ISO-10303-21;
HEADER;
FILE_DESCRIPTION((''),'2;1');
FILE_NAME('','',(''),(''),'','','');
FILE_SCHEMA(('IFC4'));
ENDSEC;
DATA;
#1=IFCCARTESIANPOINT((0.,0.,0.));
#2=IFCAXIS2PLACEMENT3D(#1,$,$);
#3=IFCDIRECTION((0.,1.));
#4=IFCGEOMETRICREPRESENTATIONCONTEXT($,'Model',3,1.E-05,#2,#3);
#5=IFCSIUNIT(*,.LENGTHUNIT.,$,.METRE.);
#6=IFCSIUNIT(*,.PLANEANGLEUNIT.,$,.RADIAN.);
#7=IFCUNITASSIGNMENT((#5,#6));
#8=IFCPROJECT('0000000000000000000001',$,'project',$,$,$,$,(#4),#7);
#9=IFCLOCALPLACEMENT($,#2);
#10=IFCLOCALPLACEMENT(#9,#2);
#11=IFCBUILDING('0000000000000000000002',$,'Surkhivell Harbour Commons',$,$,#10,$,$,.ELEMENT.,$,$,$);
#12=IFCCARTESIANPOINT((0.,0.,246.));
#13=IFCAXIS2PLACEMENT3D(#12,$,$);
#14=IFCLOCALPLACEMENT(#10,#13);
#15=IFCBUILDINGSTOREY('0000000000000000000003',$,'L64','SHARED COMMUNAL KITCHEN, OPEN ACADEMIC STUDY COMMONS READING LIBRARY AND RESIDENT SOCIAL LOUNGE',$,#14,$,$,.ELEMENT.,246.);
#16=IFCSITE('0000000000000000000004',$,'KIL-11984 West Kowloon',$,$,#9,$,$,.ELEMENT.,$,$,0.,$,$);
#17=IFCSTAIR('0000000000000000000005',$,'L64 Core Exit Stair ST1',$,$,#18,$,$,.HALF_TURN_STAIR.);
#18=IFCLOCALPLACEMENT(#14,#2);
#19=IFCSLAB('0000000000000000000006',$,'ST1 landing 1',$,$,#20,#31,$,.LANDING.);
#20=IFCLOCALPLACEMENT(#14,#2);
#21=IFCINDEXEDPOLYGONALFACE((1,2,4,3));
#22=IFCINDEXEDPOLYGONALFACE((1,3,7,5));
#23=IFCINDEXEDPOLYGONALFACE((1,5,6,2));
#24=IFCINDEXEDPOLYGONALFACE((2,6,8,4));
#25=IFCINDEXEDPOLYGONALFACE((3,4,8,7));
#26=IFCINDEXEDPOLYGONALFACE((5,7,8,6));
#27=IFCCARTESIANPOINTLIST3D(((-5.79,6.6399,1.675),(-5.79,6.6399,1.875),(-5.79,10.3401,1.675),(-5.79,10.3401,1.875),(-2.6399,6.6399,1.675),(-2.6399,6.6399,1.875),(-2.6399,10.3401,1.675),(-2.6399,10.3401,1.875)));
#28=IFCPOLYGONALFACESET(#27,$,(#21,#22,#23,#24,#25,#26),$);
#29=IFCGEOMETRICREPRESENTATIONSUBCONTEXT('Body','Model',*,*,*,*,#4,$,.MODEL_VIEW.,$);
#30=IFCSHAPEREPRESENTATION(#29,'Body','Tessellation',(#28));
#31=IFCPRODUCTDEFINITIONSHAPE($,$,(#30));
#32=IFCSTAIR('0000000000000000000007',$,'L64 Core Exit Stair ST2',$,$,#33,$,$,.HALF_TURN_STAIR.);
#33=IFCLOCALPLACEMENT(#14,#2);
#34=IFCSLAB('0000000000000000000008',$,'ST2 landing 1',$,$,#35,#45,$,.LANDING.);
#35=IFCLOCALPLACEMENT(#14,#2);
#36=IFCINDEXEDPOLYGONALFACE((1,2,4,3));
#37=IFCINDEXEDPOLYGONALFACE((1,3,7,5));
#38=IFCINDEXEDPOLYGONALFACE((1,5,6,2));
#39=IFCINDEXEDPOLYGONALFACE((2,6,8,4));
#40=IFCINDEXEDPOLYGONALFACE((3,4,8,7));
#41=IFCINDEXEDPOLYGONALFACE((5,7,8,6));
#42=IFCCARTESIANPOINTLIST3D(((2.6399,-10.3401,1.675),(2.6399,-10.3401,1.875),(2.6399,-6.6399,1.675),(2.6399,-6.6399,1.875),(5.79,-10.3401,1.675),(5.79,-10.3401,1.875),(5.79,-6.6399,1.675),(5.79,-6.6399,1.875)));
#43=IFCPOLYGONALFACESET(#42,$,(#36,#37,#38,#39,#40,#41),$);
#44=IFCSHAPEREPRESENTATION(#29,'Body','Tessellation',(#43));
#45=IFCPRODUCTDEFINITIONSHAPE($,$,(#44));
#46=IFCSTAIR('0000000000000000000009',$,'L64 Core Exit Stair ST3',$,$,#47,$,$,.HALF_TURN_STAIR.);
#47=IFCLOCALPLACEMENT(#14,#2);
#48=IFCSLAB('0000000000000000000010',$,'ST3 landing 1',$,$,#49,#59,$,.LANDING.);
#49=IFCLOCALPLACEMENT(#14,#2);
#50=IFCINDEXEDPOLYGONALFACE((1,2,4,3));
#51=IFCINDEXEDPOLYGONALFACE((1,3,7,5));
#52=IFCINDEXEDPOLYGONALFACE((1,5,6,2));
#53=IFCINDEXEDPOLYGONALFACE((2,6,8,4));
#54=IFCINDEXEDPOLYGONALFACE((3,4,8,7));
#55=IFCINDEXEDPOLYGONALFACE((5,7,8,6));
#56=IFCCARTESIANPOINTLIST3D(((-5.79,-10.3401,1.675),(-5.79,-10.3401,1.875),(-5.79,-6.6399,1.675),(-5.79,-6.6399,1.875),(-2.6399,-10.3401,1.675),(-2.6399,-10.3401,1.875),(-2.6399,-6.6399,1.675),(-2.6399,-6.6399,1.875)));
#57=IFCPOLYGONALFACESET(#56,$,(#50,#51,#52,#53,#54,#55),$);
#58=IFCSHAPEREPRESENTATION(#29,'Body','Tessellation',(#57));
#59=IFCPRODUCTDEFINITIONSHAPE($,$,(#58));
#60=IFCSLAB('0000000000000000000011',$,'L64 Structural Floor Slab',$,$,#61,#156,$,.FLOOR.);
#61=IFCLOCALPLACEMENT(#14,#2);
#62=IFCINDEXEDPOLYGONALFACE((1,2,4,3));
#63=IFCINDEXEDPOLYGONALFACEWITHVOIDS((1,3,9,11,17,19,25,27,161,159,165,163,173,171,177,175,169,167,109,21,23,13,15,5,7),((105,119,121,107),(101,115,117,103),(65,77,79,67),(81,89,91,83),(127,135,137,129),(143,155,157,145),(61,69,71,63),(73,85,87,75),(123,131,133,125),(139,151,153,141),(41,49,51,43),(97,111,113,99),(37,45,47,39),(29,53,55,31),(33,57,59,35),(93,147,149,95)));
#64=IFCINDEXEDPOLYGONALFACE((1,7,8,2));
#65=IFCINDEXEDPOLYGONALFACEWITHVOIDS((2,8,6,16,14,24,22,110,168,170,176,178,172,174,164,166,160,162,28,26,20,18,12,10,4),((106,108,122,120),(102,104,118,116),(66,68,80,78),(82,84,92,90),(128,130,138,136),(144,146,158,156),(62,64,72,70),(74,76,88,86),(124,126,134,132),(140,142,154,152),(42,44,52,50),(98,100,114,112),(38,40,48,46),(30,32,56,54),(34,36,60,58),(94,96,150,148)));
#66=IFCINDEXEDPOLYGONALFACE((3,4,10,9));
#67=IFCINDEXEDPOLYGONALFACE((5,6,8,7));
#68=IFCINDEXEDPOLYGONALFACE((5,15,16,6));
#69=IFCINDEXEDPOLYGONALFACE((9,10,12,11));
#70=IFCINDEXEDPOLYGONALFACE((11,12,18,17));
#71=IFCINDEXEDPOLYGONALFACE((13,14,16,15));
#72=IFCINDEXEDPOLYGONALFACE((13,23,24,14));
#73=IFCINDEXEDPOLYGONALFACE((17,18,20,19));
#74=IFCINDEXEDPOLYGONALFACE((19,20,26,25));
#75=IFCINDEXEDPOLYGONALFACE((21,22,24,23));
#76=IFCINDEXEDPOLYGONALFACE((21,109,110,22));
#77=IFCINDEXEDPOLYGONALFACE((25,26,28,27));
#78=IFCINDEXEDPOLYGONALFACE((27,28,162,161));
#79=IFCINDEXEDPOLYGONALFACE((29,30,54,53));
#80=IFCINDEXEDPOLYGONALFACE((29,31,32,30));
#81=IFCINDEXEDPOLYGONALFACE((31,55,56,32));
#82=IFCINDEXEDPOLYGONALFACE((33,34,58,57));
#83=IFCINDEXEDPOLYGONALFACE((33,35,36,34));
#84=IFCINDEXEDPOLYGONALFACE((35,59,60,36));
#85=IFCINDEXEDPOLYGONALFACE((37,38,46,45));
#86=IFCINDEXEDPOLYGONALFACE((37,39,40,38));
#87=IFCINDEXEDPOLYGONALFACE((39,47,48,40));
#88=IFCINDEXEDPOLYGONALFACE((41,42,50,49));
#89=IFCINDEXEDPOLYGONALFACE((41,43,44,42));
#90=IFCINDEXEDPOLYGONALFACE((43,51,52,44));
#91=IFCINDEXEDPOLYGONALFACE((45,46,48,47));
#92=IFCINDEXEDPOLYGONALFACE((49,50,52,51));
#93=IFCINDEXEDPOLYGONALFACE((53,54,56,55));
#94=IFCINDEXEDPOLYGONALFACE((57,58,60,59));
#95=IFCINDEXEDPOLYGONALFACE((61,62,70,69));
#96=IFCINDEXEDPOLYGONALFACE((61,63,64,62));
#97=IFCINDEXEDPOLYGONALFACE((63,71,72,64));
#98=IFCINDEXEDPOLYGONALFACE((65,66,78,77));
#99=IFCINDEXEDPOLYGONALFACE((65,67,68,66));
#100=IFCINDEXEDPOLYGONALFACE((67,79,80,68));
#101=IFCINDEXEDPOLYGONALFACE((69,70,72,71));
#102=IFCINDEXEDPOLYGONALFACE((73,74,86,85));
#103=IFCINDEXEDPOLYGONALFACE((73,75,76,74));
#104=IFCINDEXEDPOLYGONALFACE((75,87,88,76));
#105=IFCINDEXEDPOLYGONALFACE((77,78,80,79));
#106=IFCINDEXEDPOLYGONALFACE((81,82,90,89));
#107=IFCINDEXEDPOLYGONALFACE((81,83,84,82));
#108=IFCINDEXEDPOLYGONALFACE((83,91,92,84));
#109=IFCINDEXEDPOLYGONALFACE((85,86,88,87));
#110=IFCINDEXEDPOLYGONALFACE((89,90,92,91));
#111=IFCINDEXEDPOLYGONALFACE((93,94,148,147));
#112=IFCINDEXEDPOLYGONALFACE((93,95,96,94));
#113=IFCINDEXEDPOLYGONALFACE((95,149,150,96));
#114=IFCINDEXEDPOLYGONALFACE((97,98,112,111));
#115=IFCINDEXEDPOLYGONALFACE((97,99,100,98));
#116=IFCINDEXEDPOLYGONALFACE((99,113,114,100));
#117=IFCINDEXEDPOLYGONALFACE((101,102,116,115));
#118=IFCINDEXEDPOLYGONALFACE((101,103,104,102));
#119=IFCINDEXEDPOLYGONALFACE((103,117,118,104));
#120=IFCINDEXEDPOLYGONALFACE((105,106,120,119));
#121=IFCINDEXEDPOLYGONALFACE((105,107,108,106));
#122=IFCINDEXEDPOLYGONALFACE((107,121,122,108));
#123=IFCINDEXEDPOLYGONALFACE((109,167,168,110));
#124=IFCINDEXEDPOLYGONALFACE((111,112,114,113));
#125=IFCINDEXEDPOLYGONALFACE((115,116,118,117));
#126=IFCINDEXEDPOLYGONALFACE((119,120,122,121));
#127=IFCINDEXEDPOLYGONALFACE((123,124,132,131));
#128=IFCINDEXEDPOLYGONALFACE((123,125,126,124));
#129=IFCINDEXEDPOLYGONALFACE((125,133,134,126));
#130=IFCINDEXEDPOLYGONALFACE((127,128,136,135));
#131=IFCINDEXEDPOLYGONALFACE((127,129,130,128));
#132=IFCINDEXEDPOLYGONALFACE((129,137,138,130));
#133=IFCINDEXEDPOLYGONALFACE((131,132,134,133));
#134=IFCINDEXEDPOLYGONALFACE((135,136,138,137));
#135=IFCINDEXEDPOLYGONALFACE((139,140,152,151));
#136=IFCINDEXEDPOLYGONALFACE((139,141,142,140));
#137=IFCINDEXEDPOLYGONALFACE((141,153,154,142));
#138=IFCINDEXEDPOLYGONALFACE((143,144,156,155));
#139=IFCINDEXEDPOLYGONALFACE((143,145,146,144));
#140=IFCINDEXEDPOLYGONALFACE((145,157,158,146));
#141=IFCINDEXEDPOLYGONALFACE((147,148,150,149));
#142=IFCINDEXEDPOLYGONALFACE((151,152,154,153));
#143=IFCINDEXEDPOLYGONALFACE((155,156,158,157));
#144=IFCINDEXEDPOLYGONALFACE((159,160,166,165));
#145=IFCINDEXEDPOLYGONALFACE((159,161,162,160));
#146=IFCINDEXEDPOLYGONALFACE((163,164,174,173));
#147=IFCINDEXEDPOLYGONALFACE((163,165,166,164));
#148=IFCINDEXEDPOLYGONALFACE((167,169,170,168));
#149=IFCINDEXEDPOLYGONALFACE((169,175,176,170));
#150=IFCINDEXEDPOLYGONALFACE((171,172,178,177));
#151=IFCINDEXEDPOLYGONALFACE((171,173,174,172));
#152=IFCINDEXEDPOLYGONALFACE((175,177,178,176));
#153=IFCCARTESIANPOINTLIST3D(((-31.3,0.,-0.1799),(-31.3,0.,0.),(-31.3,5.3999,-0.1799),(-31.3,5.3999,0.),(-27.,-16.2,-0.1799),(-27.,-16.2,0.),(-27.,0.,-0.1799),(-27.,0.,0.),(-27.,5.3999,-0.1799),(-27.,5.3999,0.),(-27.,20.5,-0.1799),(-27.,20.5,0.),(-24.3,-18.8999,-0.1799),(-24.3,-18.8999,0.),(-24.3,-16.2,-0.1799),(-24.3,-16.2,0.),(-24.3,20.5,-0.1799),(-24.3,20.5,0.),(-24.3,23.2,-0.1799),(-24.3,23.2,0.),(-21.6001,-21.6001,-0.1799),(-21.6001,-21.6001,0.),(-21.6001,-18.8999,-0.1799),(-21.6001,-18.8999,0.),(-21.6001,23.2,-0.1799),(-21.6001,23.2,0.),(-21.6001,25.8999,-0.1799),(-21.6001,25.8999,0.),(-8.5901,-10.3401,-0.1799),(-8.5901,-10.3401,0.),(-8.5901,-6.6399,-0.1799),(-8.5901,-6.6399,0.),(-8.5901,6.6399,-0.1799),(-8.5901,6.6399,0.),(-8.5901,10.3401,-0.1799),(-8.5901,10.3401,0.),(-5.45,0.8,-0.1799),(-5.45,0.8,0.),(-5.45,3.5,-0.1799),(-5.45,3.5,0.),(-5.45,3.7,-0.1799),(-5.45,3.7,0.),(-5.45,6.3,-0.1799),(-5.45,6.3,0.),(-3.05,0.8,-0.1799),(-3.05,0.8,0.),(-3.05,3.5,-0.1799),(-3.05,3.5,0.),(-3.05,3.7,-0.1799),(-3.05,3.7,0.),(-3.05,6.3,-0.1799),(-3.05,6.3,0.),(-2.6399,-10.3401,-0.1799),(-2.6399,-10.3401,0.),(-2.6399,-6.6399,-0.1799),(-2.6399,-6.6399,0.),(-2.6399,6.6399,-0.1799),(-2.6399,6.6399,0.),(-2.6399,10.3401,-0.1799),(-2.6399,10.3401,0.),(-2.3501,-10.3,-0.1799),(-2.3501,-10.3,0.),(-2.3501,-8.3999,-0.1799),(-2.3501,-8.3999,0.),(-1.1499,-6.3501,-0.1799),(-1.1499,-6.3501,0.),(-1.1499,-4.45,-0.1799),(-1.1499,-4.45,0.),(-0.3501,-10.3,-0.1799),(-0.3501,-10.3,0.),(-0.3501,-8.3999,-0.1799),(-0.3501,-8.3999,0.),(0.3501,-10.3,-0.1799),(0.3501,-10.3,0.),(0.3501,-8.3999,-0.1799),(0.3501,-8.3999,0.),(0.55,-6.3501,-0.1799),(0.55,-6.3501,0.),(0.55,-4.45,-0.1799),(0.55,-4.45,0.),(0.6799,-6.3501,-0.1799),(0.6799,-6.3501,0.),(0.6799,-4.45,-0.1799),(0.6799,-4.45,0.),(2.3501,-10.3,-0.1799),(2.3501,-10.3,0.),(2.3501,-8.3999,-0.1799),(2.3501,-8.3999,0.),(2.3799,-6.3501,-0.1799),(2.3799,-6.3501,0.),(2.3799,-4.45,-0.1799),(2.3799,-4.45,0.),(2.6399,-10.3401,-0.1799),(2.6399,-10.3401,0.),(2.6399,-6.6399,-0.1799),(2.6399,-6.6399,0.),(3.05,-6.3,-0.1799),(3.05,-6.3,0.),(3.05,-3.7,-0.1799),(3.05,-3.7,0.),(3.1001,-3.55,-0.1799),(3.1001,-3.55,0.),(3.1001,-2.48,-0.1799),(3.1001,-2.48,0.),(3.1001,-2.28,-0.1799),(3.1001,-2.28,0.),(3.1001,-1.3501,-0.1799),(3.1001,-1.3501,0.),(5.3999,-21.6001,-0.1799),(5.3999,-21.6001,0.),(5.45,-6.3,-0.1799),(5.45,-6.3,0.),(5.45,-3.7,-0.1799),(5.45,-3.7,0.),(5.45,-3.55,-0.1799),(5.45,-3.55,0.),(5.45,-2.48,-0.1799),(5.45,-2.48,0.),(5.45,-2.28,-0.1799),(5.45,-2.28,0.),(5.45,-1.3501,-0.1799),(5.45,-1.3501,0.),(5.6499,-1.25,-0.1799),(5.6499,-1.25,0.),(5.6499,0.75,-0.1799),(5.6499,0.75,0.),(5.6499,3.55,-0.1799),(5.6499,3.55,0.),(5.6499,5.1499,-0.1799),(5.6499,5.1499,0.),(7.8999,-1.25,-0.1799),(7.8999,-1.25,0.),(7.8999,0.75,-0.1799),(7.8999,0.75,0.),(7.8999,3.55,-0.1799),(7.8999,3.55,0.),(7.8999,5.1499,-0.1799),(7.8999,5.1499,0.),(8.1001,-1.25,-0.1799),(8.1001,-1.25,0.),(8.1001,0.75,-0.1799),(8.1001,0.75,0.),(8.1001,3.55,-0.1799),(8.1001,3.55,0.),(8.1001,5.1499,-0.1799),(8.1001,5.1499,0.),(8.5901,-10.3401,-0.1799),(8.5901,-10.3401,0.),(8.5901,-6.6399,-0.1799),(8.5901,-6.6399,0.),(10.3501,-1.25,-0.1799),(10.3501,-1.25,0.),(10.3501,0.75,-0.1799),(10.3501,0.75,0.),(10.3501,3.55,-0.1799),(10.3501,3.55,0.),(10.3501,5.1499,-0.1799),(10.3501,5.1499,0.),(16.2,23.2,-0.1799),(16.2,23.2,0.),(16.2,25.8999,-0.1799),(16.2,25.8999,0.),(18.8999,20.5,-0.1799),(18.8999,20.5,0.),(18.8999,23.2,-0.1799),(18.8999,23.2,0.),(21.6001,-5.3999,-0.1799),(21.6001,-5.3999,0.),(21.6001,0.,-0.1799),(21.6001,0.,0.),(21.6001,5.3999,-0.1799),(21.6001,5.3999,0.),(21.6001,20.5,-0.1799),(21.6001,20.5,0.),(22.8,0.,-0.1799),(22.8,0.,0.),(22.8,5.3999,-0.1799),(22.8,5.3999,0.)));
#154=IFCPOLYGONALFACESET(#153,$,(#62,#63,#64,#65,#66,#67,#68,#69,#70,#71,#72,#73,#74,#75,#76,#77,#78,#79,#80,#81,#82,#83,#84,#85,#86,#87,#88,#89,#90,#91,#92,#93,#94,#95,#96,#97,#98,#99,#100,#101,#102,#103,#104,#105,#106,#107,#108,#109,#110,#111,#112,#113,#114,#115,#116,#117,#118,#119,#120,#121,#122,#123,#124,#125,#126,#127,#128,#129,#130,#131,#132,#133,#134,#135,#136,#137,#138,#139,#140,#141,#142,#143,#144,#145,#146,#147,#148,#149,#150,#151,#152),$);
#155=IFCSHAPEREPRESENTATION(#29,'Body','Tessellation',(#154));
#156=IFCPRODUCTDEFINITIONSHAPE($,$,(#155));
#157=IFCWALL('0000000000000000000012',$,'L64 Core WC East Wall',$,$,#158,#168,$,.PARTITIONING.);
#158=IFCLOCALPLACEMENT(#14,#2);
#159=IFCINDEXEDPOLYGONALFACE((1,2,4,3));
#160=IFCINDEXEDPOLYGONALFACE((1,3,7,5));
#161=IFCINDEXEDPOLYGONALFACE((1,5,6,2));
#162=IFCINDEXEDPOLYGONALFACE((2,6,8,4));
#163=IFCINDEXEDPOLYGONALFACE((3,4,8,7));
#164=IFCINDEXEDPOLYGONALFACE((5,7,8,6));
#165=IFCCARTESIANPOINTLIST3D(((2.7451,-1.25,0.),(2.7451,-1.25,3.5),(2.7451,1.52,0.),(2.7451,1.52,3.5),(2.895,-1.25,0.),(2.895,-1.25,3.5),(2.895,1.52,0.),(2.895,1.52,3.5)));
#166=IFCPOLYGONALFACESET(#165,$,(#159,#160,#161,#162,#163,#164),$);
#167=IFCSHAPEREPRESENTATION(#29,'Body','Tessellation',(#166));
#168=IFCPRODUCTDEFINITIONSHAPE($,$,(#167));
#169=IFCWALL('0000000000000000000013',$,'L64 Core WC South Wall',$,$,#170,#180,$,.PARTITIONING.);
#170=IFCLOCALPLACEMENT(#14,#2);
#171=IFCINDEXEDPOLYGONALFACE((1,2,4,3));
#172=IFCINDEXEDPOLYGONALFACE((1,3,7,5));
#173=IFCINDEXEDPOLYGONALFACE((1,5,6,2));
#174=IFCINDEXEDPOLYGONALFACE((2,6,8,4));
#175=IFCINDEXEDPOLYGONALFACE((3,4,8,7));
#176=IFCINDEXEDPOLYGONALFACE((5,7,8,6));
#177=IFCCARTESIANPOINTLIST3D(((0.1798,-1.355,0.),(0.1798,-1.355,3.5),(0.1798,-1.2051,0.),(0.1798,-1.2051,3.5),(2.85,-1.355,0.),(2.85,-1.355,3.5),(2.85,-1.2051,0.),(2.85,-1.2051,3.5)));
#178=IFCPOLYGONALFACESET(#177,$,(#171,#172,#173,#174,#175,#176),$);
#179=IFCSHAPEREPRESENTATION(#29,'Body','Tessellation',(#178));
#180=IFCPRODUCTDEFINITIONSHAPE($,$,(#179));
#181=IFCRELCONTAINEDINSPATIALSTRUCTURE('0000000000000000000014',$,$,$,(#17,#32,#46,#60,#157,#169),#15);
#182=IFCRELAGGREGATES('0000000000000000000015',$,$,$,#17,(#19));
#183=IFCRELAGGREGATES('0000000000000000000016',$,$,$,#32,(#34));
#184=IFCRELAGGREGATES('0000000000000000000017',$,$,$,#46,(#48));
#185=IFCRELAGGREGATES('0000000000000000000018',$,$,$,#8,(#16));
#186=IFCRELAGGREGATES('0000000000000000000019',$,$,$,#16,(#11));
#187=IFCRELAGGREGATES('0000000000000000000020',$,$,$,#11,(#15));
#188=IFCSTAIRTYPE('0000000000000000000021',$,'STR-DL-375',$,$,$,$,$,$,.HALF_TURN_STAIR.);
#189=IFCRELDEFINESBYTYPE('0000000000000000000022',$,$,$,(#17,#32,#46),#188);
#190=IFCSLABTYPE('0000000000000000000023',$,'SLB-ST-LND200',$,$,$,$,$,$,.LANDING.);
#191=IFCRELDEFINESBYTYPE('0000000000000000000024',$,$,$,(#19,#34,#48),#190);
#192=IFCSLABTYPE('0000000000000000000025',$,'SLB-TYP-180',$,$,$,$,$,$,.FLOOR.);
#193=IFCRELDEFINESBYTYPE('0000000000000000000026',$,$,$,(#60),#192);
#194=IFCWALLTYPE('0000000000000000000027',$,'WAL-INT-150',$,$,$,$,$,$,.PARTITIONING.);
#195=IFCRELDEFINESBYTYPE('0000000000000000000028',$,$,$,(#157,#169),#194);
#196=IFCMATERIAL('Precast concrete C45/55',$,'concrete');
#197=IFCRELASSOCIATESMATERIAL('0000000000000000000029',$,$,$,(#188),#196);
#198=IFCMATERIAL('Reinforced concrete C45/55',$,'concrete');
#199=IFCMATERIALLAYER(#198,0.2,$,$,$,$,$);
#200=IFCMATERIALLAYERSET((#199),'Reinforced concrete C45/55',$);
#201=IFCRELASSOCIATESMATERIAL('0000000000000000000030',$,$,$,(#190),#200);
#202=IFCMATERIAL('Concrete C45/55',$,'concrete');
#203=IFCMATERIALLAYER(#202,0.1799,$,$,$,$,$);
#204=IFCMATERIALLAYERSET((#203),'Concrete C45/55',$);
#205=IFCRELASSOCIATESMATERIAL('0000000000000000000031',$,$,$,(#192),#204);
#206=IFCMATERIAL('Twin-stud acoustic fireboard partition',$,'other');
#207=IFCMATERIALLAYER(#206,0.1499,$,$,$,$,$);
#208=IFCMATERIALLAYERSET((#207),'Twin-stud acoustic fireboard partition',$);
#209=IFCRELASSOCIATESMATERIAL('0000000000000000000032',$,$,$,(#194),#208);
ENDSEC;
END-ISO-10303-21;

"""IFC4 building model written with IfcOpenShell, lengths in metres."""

from ifc_helpers import new_model, si_unit, direction, frame, frame_2d, origin, place, context, subcontext, project, spatial, polyline, rectangle, outline, extrude, material, layer, layer_set, type_object, element, aggregate, save


model = new_model("IFC4")

# Units and contexts
model_context = context("Model", 3, precision=1e-05, world=origin(), true_north=direction((0.0, 1.0)))
body_context = subcontext(model_context, "Body", "Model", "MODEL_VIEW")
ifc_project = project(units=[si_unit("LENGTHUNIT", "METRE"), si_unit("PLANEANGLEUNIT", "RADIAN")], contexts=[model_context])

# Site, building, storey
site_placement = place(None, origin())
site = spatial("IfcSite", under=ifc_project, at=site_placement, Name="KIL-11984 West Kowloon", CompositionType="ELEMENT", RefElevation=0.0)
building_placement = place(site_placement, origin())
building = spatial("IfcBuilding", under=site, at=building_placement, Name="Surkhivell Harbour Commons", CompositionType="ELEMENT")
storey_placement = place(building_placement, frame((0.0, 0.0, 246.0)))
storey = spatial("IfcBuildingStorey", under=building, at=storey_placement, Name="L64", Description="SHARED COMMUNAL KITCHEN, OPEN ACADEMIC STUDY COMMONS READING LIBRARY AND RESIDENT SOCIAL LOUNGE", CompositionType="ELEMENT", Elevation=246.0)

# Stairs, slabs
ifc_material_1 = material(Name="Precast concrete C45/55", Category="concrete")
stair_type = type_object("IfcStairType", Name="STR-DL-375", PredefinedType="HALF_TURN_STAIR", material=ifc_material_1)
stair_1_placement = place(storey_placement, origin())
stair_1 = element("IfcStair", 1, at=stair_1_placement, inside=storey, type_object=stair_type, Name="L64 Core Exit Stair ST1", PredefinedType="HALF_TURN_STAIR")
ifc_material_2 = material(Name="Reinforced concrete C45/55", Category="concrete")
ifc_layer_1 = layer(ifc_material_2, 0.2)
ifc_layer_set_1 = layer_set([ifc_layer_1], Name="Reinforced concrete C45/55")
slab_type_1 = type_object("IfcSlabType", Name="SLB-ST-LND200", PredefinedType="LANDING", material=ifc_layer_set_1)
slab_1_placement = place(storey_placement, frame((0.0, 0.0, 1.675)))
slab_1 = element("IfcSlab", 2, at=slab_1_placement, type_object=slab_type_1, Name="ST1 landing 1", PredefinedType="LANDING", context=body_context, shape_type="SweptSolid", body=[
    extrude(outline(polyline([(-5.79, 6.6399), (-2.6399, 6.6399), (-2.6399, 10.3401), (-5.79, 10.3401), (-5.79, 6.6399)])), origin(), (0.0, 0.0, 1.0), 0.2),
])
aggregate(stair_1, [slab_1])
stair_2_placement = place(storey_placement, origin())
stair_2 = element("IfcStair", 3, at=stair_2_placement, inside=storey, type_object=stair_type, Name="L64 Core Exit Stair ST2", PredefinedType="HALF_TURN_STAIR")
slab_2_placement = place(storey_placement, frame((0.0, 0.0, 1.675)))
slab_2 = element("IfcSlab", 4, at=slab_2_placement, type_object=slab_type_1, Name="ST2 landing 1", PredefinedType="LANDING", context=body_context, shape_type="SweptSolid", body=[
    extrude(outline(polyline([(5.79, -6.6399), (2.6399, -6.6399), (2.6399, -10.3401), (5.79, -10.3401), (5.79, -6.6399)])), origin(), (0.0, 0.0, 1.0), 0.2),
])
aggregate(stair_2, [slab_2])
stair_3_placement = place(storey_placement, origin())
stair_3 = element("IfcStair", 5, at=stair_3_placement, inside=storey, type_object=stair_type, Name="L64 Core Exit Stair ST3", PredefinedType="HALF_TURN_STAIR")
slab_3_placement = place(storey_placement, frame((0.0, 0.0, 1.675)))
slab_3 = element("IfcSlab", 6, at=slab_3_placement, type_object=slab_type_1, Name="ST3 landing 1", PredefinedType="LANDING", context=body_context, shape_type="SweptSolid", body=[
    extrude(outline(polyline([(-5.79, -10.3401), (-2.6399, -10.3401), (-2.6399, -6.6399), (-5.79, -6.6399), (-5.79, -10.3401)])), origin(), (0.0, 0.0, 1.0), 0.2),
])
aggregate(stair_3, [slab_3])

# Slab
ifc_material_3 = material(Name="Concrete C45/55", Category="concrete")
ifc_layer_2 = layer(ifc_material_3, 0.1799)
ifc_layer_set_2 = layer_set([ifc_layer_2], Name="Concrete C45/55")
slab_type_2 = type_object("IfcSlabType", Name="SLB-TYP-180", PredefinedType="FLOOR", material=ifc_layer_set_2)
slab_4_placement = place(storey_placement, frame((0.0, 0.0, -0.1799)))
element("IfcSlab", 7, at=slab_4_placement, inside=storey, type_object=slab_type_2, Name="L64 Structural Floor Slab", PredefinedType="FLOOR", context=body_context, shape_type="SweptSolid", body=[
    extrude(outline(polyline([(-27.0, 20.5), (-27.0, 5.3999), (-31.3, 5.3999), (-31.3, 0.0), (-27.0, 0.0), (-27.0, -16.2), (-24.3, -16.2), (-24.3, -18.8999), (-21.6001, -18.8999), (-21.6001, -21.6001), (5.3999, -21.6001), (21.6001, -5.3999), (21.6001, 0.0), (22.8, 0.0), (22.8, 5.3999), (21.6001, 5.3999), (21.6001, 20.5), (18.8999, 20.5), (18.8999, 23.2), (16.2, 23.2), (16.2, 25.8999), (-21.6001, 25.8999), (-21.6001, 23.2), (-24.3, 23.2), (-24.3, 20.5), (-27.0, 20.5)]), holes=[polyline([(-8.5901, 6.6399), (-2.6399, 6.6399), (-2.6399, 10.3401), (-8.5901, 10.3401), (-8.5901, 6.6399)]), polyline([(8.5901, -6.6399), (2.6399, -6.6399), (2.6399, -10.3401), (8.5901, -10.3401), (8.5901, -6.6399)]), polyline([(-8.5901, -10.3401), (-2.6399, -10.3401), (-2.6399, -6.6399), (-8.5901, -6.6399), (-8.5901, -10.3401)]), polyline([(5.6499, 3.55), (7.8999, 3.55), (7.8999, 5.1499), (5.6499, 5.1499), (5.6499, 3.55)]), polyline([(8.1001, 3.55), (10.3501, 3.55), (10.3501, 5.1499), (8.1001, 5.1499), (8.1001, 3.55)]), polyline([(5.6499, -1.25), (7.8999, -1.25), (7.8999, 0.75), (5.6499, 0.75), (5.6499, -1.25)]), polyline([(8.1001, -1.25), (10.3501, -1.25), (10.3501, 0.75), (8.1001, 0.75), (8.1001, -1.25)]), polyline([(-1.1499, -6.3501), (0.55, -6.3501), (0.55, -4.45), (-1.1499, -4.45), (-1.1499, -6.3501)]), polyline([(0.6799, -6.3501), (2.3799, -6.3501), (2.3799, -4.45), (0.6799, -4.45), (0.6799, -6.3501)]), polyline([(-2.3501, -10.3), (-0.3501, -10.3), (-0.3501, -8.3999), (-2.3501, -8.3999), (-2.3501, -10.3)]), polyline([(0.3501, -10.3), (2.3501, -10.3), (2.3501, -8.3999), (0.3501, -8.3999), (0.3501, -10.3)]), polyline([(-5.45, 3.7), (-3.05, 3.7), (-3.05, 6.3), (-5.45, 6.3), (-5.45, 3.7)]), polyline([(3.05, -6.3), (5.45, -6.3), (5.45, -3.7), (3.05, -3.7), (3.05, -6.3)]), polyline([(-5.45, 0.8), (-3.05, 0.8), (-3.05, 3.5), (-5.45, 3.5), (-5.45, 0.8)]), polyline([(3.1001, -3.55), (5.45, -3.55), (5.45, -2.48), (3.1001, -2.48), (3.1001, -3.55)]), polyline([(3.1001, -2.28), (5.45, -2.28), (5.45, -1.3501), (3.1001, -1.3501), (3.1001, -2.28)])]), origin(), (0.0, 0.0, 1.0), 0.1799),
])

# Walls
ifc_material_4 = material(Name="Twin-stud acoustic fireboard partition", Category="other")
ifc_layer_3 = layer(ifc_material_4, 0.1499)
ifc_layer_set_3 = layer_set([ifc_layer_3], Name="Twin-stud acoustic fireboard partition")
wall_type_1 = type_object("IfcWallType", Name="WAL-INT-150", PredefinedType="PARTITIONING", material=ifc_layer_set_3)
wall_1_placement = place(storey_placement, frame((2.8201, -1.25, 0.0), z_axis=(0.0, 0.0, 1.0), x_axis=(0.0, 1.0, 0.0)))
element("IfcWall", 8, at=wall_1_placement, inside=storey, type_object=wall_type_1, Name="L64 Core WC East Wall", PredefinedType="PARTITIONING", context=body_context, shape_type="SweptSolid", body=[
    extrude(rectangle(XDim=2.77, YDim=0.1499, at=frame_2d((1.385, 0.0))), origin(), (0.0, 0.0, 1.0), 3.5),
])
wall_2_placement = place(storey_placement, frame((0.1799, -1.28, 0.0), z_axis=(0.0, 0.0, 1.0), x_axis=(1.0, 0.0, 0.0)))
element("IfcWall", 9, at=wall_2_placement, inside=storey, type_object=wall_type_1, Name="L64 Core WC South Wall", PredefinedType="PARTITIONING", context=body_context, shape_type="SweptSolid", body=[
    extrude(rectangle(XDim=2.6702, YDim=0.1499, at=frame_2d((1.335, 0.0))), origin(), (0.0, 0.0, 1.0), 3.5),
])

save(model, "model.ifc")
